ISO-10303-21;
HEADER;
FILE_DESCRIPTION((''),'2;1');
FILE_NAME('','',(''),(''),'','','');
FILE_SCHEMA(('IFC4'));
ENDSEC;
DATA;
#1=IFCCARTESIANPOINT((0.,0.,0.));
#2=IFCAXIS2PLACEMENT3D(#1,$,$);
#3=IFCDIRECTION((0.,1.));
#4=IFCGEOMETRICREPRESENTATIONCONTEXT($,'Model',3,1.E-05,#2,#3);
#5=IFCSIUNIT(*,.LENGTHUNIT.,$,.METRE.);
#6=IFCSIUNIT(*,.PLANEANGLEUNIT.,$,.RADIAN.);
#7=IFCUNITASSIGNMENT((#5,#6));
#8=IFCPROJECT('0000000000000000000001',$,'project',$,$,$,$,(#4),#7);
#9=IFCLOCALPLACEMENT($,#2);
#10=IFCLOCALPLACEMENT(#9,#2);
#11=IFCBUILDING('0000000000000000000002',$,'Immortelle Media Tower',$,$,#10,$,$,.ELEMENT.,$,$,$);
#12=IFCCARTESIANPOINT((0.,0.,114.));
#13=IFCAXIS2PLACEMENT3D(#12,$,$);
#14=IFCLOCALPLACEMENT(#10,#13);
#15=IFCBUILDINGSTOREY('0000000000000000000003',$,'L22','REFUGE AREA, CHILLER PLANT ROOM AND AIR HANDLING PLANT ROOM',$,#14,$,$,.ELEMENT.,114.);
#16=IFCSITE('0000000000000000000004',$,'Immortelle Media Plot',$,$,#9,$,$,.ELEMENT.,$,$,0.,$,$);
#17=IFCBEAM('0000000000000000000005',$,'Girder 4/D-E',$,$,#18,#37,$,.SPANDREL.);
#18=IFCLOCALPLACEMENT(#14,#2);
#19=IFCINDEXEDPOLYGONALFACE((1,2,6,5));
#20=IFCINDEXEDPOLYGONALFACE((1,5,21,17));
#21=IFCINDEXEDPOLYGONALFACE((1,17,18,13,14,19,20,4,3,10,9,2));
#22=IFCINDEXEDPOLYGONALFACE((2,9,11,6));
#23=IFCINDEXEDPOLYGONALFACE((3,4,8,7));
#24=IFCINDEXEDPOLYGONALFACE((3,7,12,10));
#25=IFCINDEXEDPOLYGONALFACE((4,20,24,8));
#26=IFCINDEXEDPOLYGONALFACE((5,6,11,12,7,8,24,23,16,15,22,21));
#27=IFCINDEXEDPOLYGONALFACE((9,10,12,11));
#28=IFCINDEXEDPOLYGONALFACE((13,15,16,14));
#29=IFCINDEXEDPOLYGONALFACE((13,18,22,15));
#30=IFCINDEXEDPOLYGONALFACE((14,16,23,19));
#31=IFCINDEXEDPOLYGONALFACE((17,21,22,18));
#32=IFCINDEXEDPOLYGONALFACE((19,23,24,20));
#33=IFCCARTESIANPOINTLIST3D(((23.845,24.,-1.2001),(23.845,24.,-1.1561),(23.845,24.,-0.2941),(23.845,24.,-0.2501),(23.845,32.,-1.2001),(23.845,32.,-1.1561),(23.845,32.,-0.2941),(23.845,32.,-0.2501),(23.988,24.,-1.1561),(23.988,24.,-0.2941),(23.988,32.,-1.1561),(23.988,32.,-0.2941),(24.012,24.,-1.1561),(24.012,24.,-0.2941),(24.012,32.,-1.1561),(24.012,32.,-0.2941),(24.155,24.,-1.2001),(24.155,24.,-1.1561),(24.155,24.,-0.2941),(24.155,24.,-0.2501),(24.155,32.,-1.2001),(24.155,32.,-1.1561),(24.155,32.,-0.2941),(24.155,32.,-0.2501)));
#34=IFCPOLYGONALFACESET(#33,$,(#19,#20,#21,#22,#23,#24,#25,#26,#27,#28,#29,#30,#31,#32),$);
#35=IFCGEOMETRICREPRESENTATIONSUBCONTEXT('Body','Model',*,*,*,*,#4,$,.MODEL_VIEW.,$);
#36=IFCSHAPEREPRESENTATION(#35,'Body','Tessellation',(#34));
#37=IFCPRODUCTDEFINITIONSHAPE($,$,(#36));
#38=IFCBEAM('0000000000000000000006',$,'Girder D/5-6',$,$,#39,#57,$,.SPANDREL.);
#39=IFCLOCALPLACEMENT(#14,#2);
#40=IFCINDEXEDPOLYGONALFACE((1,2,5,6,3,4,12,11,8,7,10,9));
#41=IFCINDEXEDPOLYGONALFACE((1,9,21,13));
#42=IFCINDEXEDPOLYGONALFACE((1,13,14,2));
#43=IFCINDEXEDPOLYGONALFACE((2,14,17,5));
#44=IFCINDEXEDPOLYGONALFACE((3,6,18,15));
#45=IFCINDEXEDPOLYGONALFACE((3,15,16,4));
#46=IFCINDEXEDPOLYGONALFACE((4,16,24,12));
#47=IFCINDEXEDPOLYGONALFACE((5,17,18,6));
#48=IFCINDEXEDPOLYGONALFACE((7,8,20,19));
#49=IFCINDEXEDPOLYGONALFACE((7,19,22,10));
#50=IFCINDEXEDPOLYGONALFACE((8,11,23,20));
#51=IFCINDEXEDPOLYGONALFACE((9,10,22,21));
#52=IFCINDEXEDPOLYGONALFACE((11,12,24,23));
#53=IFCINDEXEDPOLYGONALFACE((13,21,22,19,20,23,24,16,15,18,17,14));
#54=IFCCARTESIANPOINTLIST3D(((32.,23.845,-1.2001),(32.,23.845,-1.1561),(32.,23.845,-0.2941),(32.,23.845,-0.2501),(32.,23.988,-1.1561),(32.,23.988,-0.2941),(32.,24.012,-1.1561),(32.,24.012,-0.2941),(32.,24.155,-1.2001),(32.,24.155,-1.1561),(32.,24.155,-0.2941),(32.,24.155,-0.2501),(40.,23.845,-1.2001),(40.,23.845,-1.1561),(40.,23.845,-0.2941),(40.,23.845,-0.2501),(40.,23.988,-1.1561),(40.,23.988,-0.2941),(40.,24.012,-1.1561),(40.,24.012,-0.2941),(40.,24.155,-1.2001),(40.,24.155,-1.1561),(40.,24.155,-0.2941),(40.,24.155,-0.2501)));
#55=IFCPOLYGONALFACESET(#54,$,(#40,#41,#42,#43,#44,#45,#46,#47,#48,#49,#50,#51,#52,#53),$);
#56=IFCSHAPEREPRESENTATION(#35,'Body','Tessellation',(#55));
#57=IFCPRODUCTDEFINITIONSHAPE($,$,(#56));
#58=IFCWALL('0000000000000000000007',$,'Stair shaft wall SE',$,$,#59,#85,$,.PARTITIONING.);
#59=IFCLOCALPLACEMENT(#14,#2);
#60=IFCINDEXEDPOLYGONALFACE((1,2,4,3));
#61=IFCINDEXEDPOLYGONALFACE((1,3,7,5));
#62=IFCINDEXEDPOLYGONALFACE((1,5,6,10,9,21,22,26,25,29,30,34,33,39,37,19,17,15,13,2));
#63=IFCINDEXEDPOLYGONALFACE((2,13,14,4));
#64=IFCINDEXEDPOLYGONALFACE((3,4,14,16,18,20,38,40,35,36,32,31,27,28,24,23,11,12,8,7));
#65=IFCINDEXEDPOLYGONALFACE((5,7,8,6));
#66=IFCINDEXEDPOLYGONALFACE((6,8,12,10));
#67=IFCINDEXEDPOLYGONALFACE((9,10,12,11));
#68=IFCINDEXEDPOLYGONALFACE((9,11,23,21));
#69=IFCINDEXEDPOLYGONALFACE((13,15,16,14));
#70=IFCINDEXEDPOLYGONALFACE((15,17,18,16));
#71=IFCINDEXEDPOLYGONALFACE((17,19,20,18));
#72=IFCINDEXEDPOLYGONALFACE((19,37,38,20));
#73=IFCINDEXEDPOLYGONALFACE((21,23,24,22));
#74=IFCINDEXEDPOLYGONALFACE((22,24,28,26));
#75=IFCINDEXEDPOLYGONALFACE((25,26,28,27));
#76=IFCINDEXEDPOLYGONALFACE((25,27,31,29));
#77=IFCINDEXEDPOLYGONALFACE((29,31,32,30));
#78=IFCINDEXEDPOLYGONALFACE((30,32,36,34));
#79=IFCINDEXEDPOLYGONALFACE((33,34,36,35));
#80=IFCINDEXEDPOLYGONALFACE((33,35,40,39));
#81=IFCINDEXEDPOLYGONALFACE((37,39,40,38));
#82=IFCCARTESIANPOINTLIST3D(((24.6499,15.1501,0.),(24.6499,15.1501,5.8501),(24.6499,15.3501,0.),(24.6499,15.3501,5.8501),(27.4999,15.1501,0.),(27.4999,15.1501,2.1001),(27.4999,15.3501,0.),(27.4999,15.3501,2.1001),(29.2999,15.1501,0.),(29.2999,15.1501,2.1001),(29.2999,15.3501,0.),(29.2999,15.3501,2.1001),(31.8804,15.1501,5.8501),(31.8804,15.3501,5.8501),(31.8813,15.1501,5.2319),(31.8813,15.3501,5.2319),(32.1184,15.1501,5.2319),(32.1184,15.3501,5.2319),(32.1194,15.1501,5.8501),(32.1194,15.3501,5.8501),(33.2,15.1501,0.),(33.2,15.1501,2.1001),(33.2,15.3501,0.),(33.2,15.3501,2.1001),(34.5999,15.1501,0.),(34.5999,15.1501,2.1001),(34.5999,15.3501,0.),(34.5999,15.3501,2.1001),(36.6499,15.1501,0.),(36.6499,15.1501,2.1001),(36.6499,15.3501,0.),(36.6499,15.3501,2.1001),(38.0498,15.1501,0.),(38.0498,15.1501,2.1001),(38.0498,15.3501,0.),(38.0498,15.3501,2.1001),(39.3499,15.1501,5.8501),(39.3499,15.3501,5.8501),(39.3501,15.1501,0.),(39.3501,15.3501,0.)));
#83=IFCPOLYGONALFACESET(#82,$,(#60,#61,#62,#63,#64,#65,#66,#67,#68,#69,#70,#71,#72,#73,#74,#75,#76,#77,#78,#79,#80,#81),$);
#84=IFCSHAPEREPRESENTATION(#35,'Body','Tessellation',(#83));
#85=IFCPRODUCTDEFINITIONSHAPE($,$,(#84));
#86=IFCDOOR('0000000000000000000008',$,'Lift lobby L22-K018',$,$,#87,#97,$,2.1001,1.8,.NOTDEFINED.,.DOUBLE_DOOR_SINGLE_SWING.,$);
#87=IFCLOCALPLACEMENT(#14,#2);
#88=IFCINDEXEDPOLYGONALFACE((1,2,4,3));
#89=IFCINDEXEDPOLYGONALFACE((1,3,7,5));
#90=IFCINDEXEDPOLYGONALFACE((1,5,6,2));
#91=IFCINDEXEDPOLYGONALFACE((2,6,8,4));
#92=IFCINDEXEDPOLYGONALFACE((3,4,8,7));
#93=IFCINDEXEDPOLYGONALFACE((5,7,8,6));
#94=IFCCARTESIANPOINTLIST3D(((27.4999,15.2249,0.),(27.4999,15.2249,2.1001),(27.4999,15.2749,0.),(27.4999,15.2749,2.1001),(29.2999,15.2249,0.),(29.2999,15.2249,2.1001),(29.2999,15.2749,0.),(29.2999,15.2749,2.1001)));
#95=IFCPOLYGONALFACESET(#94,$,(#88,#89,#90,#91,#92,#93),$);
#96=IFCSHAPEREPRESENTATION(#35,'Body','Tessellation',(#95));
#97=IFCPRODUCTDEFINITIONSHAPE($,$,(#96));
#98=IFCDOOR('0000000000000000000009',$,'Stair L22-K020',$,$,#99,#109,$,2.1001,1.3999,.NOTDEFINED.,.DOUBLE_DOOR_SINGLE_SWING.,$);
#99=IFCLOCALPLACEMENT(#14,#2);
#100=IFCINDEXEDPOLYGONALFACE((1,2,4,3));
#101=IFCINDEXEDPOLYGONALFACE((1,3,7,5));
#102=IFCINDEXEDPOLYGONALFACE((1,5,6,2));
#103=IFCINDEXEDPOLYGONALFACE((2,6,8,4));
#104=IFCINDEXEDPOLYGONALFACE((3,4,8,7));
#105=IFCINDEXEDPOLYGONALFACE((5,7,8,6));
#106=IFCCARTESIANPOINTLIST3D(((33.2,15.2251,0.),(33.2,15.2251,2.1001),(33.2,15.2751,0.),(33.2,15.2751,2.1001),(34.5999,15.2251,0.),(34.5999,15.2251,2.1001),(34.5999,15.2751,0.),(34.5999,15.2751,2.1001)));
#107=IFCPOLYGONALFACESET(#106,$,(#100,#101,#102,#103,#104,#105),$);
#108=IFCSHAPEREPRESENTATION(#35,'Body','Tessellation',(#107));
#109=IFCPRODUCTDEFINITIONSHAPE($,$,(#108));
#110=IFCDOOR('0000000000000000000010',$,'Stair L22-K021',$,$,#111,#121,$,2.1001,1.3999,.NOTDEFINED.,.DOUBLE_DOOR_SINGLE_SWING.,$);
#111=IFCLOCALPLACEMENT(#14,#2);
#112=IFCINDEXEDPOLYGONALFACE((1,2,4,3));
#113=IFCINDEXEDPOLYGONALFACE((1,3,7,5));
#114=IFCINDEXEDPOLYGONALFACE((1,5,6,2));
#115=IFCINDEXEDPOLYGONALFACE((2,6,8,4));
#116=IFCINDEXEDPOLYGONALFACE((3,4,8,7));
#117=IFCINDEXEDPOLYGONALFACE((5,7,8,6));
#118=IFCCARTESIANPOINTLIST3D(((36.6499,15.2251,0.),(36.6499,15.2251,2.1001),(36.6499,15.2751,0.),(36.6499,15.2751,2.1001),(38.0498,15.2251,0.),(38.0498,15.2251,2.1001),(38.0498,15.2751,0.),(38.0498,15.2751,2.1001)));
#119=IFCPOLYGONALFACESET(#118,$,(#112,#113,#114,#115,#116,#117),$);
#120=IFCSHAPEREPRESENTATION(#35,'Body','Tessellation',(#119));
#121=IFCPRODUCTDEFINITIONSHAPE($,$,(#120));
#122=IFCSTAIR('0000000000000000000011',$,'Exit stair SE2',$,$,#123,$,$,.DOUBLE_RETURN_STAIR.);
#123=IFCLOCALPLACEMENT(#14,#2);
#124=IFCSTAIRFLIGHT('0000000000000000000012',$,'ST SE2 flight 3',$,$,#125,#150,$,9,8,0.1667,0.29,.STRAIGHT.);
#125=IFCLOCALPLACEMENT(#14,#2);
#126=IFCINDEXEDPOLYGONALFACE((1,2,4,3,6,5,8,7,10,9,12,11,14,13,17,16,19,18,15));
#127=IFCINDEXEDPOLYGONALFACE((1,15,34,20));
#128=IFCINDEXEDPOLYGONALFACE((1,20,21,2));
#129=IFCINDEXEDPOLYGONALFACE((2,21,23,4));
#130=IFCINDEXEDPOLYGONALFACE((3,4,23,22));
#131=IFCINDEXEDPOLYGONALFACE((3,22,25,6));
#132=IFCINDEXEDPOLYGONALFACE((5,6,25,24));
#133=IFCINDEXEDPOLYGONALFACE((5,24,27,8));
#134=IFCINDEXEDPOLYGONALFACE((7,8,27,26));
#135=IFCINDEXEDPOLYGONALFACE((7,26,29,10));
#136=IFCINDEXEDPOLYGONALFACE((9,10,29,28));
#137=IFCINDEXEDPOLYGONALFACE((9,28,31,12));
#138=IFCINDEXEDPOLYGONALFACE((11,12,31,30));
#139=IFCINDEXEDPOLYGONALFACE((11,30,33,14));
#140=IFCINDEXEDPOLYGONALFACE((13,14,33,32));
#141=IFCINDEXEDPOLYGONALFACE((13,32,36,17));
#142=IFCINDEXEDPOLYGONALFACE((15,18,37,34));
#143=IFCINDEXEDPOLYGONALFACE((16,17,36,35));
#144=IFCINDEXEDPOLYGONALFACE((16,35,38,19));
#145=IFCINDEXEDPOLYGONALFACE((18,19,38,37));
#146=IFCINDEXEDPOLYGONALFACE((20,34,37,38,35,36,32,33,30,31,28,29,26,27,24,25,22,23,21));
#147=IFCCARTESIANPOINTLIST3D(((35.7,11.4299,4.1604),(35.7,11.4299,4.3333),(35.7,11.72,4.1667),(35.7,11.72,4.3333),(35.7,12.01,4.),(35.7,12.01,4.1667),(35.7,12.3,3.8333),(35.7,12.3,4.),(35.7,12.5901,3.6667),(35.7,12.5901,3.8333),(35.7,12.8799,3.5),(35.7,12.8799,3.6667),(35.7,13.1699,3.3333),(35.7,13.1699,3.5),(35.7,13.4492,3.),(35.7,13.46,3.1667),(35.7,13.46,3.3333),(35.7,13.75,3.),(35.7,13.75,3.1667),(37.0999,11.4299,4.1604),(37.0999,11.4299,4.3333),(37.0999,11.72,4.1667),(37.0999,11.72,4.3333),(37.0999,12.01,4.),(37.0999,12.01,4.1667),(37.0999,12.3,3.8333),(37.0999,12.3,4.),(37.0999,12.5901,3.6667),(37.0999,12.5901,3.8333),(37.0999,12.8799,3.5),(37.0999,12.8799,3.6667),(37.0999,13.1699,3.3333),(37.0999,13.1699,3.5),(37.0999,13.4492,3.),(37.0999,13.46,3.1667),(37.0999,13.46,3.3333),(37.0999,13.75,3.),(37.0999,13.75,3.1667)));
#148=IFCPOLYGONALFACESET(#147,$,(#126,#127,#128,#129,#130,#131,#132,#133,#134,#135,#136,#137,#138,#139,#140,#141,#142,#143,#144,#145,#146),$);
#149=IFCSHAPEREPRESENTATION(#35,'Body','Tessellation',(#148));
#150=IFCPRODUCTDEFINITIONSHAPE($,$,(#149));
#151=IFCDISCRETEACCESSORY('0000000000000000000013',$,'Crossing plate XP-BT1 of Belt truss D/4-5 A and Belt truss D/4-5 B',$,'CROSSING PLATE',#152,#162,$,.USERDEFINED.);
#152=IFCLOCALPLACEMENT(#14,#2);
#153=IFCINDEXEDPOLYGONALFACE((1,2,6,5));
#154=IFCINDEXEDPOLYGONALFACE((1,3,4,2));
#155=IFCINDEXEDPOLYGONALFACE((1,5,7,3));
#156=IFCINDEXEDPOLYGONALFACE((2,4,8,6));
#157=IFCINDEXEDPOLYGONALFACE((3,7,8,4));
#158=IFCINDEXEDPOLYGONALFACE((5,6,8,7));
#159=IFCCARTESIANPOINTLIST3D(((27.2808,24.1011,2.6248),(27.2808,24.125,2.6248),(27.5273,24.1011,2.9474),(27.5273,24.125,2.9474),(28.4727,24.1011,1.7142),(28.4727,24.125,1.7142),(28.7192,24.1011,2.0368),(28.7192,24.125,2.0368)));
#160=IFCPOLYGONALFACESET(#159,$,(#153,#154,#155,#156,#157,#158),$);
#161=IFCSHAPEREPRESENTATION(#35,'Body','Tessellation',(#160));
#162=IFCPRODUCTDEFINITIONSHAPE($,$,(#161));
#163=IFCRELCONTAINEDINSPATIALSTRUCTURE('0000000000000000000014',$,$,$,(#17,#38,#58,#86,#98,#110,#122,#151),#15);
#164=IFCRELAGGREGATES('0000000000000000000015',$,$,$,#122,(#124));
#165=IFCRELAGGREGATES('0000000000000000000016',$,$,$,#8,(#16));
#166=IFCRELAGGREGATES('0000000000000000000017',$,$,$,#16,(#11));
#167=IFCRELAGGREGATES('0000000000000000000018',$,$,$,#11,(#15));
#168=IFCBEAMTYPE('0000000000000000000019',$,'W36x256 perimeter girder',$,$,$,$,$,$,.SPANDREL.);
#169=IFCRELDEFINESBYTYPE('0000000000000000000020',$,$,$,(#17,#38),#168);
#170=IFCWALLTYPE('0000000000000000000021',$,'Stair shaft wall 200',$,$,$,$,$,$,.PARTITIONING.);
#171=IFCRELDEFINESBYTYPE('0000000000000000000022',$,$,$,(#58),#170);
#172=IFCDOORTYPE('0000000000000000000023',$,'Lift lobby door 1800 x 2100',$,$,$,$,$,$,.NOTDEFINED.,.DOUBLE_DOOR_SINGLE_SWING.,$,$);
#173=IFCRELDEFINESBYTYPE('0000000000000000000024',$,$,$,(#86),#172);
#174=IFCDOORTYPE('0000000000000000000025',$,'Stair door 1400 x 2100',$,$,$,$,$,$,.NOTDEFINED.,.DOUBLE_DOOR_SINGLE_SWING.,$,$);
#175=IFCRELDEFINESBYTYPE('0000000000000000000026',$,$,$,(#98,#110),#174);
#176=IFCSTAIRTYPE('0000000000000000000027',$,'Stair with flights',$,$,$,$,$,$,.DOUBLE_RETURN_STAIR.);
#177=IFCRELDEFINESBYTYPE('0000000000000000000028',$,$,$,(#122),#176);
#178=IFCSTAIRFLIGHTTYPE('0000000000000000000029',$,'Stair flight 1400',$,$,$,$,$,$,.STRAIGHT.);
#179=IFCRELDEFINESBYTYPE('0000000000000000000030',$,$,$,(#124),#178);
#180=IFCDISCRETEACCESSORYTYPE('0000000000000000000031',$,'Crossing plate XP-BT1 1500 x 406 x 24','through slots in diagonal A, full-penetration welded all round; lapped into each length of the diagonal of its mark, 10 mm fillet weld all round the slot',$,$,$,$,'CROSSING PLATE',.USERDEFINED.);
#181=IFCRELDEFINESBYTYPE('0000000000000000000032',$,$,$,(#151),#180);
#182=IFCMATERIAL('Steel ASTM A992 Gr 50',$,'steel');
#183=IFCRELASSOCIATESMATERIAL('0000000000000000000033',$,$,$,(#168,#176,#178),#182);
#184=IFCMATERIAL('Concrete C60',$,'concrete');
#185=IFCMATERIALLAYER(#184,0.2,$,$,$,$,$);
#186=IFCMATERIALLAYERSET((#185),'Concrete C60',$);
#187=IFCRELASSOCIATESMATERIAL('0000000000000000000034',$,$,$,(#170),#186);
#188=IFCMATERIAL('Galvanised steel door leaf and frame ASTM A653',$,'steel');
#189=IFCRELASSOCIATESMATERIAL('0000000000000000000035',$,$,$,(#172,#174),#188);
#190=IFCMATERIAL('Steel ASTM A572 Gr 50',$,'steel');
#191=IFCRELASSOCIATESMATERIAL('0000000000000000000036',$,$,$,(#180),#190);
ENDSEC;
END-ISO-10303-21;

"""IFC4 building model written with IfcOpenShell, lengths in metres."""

from ifc_helpers import new_model, si_unit, direction, frame, frame_2d, origin, origin_2d, place, context, subcontext, project, spatial, polyline, rectangle, i_section, outline, extrude, material, layer, layer_set, material_profile, profile_set, type_object, element, fill, aggregate, save


model = new_model("IFC4")

# Units and contexts
model_context = context("Model", 3, precision=1e-05, world=origin(), true_north=direction((0.0, 1.0)))
body_context = subcontext(model_context, "Body", "Model", "MODEL_VIEW")
ifc_project = project(units=[si_unit("LENGTHUNIT", "METRE"), si_unit("PLANEANGLEUNIT", "RADIAN")], contexts=[model_context])

# Site, building, storey
site_placement = place(None, origin())
site = spatial("IfcSite", under=ifc_project, at=site_placement, Name="Immortelle Media Plot", CompositionType="ELEMENT", RefElevation=0.0)
building_placement = place(site_placement, origin())
building = spatial("IfcBuilding", under=site, at=building_placement, Name="Immortelle Media Tower", CompositionType="ELEMENT")
storey_placement = place(building_placement, frame((0.0, 0.0, 114.0)))
storey = spatial("IfcBuildingStorey", under=building, at=storey_placement, Name="L22", Description="REFUGE AREA, CHILLER PLANT ROOM AND AIR HANDLING PLANT ROOM", CompositionType="ELEMENT", Elevation=114.0)

# Shared definitions
ifc_material_1 = material(Name="Steel ASTM A992 Gr 50", Category="steel")

# Beams
ifc_material_profile_1 = material_profile(ifc_material_1, i_section(OverallWidth=0.3101, OverallDepth=0.95, WebThickness=0.0239, FlangeThickness=0.0439, at=origin_2d()), Name="W36x256")
ifc_profile_set_1 = profile_set([ifc_material_profile_1], Name="Steel ASTM A992 Gr 50")
beam_type_1 = type_object("IfcBeamType", Name="W36x256 perimeter girder", PredefinedType="SPANDREL", material=ifc_profile_set_1)
for number, where, z_axis, x_axis, name in (
    (1, (24.0, 24.0, -0.7251), (0.0, 1.0, 0.0), (-1.0, 0.0, 0.0), "Girder 4/D-E"),
    (2, (32.0, 24.0, -0.7251), (1.0, 0.0, 0.0), (0.0, 1.0, 0.0), "Girder D/5-6"),
):
    element("IfcBeam", number, at=place(storey_placement, frame(where, z_axis=z_axis, x_axis=x_axis)), inside=storey, type_object=beam_type_1, Name=name, PredefinedType="SPANDREL", context=body_context, shape_type="SweptSolid", body=[
        extrude(i_section(OverallWidth=0.3101, OverallDepth=0.95, WebThickness=0.0239, FlangeThickness=0.0439, at=origin_2d()), origin(), (0.0, 0.0, 1.0), 8.0),
    ])

# Wall, openings, doors
ifc_material_2 = material(Name="Concrete C60", Category="concrete")
ifc_layer = layer(ifc_material_2, 0.2)
ifc_layer_set = layer_set([ifc_layer], Name="Concrete C60")
wall_type = type_object("IfcWallType", Name="Stair shaft wall 200", PredefinedType="PARTITIONING", material=ifc_layer_set)
wall_placement = place(storey_placement, frame((24.6499, 15.25, 0.0), z_axis=(0.0, 0.0, 1.0), x_axis=(1.0, 0.0, 0.0)))
wall = element("IfcWall", 3, at=wall_placement, inside=storey, type_object=wall_type, Name="Stair shaft wall SE", PredefinedType="PARTITIONING", context=body_context, shape_type="SweptSolid", body=[
    extrude(outline(polyline([(0.0, 0.0), (14.7002, 0.0), (14.7, 5.8501), (7.4695, 5.8501), (7.4685, 5.2319), (7.2314, 5.2319), (7.2305, 5.8501), (0.0, 5.8501), (0.0, 0.0)])), frame((0.0, 0.1001, 0.0), z_axis=(0.0, -1.0, 0.0), x_axis=(1.0, 0.0, 0.0)), (0.0, 0.0, 1.0), 0.2),
])
opening_1_placement = place(wall_placement, frame((2.8501, 0.0, 0.0)))
opening_1 = element("IfcOpeningElement", 4, at=opening_1_placement, cuts=wall, PredefinedType="OPENING", context=body_context, shape_type="SweptSolid", body=[
    extrude(rectangle(XDim=1.8, YDim=2.1001, at=frame_2d((0.8999, 1.05))), frame((0.0, 0.1099, 0.0), z_axis=(0.0, -1.0, 0.0), x_axis=(1.0, 0.0, 0.0)), (0.0, 0.0, 1.0), 0.22),
])
opening_2_placement = place(wall_placement, frame((9.95, 0.0, 0.0), z_axis=(0.0, 0.0, 1.0), x_axis=(-1.0, 0.0, 0.0)))
opening_2 = element("IfcOpeningElement", 5, at=opening_2_placement, cuts=wall, PredefinedType="OPENING", context=body_context, shape_type="SweptSolid", body=[
    extrude(rectangle(XDim=1.3999, YDim=2.1001, at=frame_2d((0.7, 1.05))), frame((0.0, 0.1099, 0.0), z_axis=(0.0, -1.0, 0.0), x_axis=(1.0, 0.0, 0.0)), (0.0, 0.0, 1.0), 0.22),
])
opening_3_placement = place(wall_placement, frame((13.3999, 0.0, 0.0), z_axis=(0.0, 0.0, 1.0), x_axis=(-1.0, 0.0, 0.0)))
opening_3 = element("IfcOpeningElement", 6, at=opening_3_placement, cuts=wall, PredefinedType="OPENING", context=body_context, shape_type="SweptSolid", body=[
    extrude(rectangle(XDim=1.3999, YDim=2.1001, at=frame_2d((0.7, 1.05))), frame((0.0, 0.1099, 0.0), z_axis=(0.0, -1.0, 0.0), x_axis=(1.0, 0.0, 0.0)), (0.0, 0.0, 1.0), 0.22),
])
ifc_material_3 = material(Name="Galvanised steel door leaf and frame ASTM A653", Category="steel")
door_type_1 = type_object("IfcDoorType", Name="Lift lobby door 1800 x 2100", OperationType="DOUBLE_DOOR_SINGLE_SWING", PredefinedType="NOTDEFINED", material=ifc_material_3)
door_1_placement = place(opening_1_placement, origin())
door_1 = element("IfcDoor", 7, at=door_1_placement, inside=storey, type_object=door_type_1, Name="Lift lobby L22-K018", OperationType="DOUBLE_DOOR_SINGLE_SWING", OverallHeight=2.1001, OverallWidth=1.8, PredefinedType="NOTDEFINED", context=body_context, shape_type="SweptSolid", body=[
    extrude(rectangle(XDim=1.8, YDim=2.1001, at=frame_2d((0.8999, 1.05))), frame((0.0, 0.0249, 0.0), z_axis=(0.0, -1.0, 0.0), x_axis=(1.0, 0.0, 0.0)), (0.0, 0.0, 1.0), 0.05),
])
fill(opening_1, door_1)
door_type_2 = type_object("IfcDoorType", Name="Stair door 1400 x 2100", OperationType="DOUBLE_DOOR_SINGLE_SWING", PredefinedType="NOTDEFINED", material=ifc_material_3)
door_2_placement = place(opening_2_placement, origin())
door_2 = element("IfcDoor", 8, at=door_2_placement, inside=storey, type_object=door_type_2, Name="Stair L22-K020", OperationType="DOUBLE_DOOR_SINGLE_SWING", OverallHeight=2.1001, OverallWidth=1.3999, PredefinedType="NOTDEFINED", context=body_context, shape_type="SweptSolid", body=[
    extrude(rectangle(XDim=1.3999, YDim=2.1001, at=frame_2d((0.7, 1.05))), frame((0.0, 0.0249, 0.0), z_axis=(0.0, -1.0, 0.0), x_axis=(1.0, 0.0, 0.0)), (0.0, 0.0, 1.0), 0.05),
])
fill(opening_2, door_2)
door_3_placement = place(opening_3_placement, origin())
door_3 = element("IfcDoor", 9, at=door_3_placement, inside=storey, type_object=door_type_2, Name="Stair L22-K021", OperationType="DOUBLE_DOOR_SINGLE_SWING", OverallHeight=2.1001, OverallWidth=1.3999, PredefinedType="NOTDEFINED", context=body_context, shape_type="SweptSolid", body=[
    extrude(rectangle(XDim=1.3999, YDim=2.1001, at=frame_2d((0.7, 1.05))), frame((0.0, 0.0249, 0.0), z_axis=(0.0, -1.0, 0.0), x_axis=(1.0, 0.0, 0.0)), (0.0, 0.0, 1.0), 0.05),
])
fill(opening_3, door_3)

# Stair, stair flight
stair_type = type_object("IfcStairType", Name="Stair with flights", PredefinedType="DOUBLE_RETURN_STAIR", material=ifc_material_1)
stair_placement = place(storey_placement, origin())
stair = element("IfcStair", 10, at=stair_placement, inside=storey, type_object=stair_type, Name="Exit stair SE2", PredefinedType="DOUBLE_RETURN_STAIR")
stair_flight_type = type_object("IfcStairFlightType", Name="Stair flight 1400", PredefinedType="STRAIGHT", material=ifc_material_1)
stair_flight_placement = place(storey_placement, frame((36.3999, 13.75, 3.0), z_axis=(0.0, 0.0, 1.0), x_axis=(0.0, -1.0, 0.0)))
stair_flight = element("IfcStairFlight", 11, at=stair_flight_placement, type_object=stair_flight_type, Name="ST SE2 flight 3", NumberOfRisers=9, NumberOfTreads=8, PredefinedType="STRAIGHT", RiserHeight=0.1667, TreadLength=0.29, context=body_context, shape_type="SweptSolid", body=[
    extrude(outline(polyline([(0.0, 0.0), (0.0, 0.1667), (0.29, 0.1667), (0.29, 0.3333), (0.5801, 0.3333), (0.5801, 0.5), (0.8701, 0.5), (0.8701, 0.6667), (1.1599, 0.6667), (1.1599, 0.8333), (1.45, 0.8333), (1.45, 1.0), (1.74, 1.0), (1.74, 1.1667), (2.03, 1.1667), (2.03, 1.3333), (2.3201, 1.3333), (2.3201, 1.5), (2.3201, 1.1604), (0.3008, 0.0), (0.0, 0.0)])), frame((0.0, 0.7, 0.0), z_axis=(0.0, -1.0, 0.0), x_axis=(1.0, 0.0, 0.0)), (0.0, 0.0, 1.0), 1.3999),
])
aggregate(stair, [stair_flight])

# Discrete accessory
ifc_material_4 = material(Name="Steel ASTM A572 Gr 50", Category="steel")
ifc_material_profile_2 = material_profile(ifc_material_4, rectangle(XDim=0.0239, YDim=0.406, at=origin_2d()), Name="PL 24 x 406")
ifc_profile_set_2 = profile_set([ifc_material_profile_2], Name="Steel ASTM A572 Gr 50")
discrete_accessory_type_1 = type_object("IfcDiscreteAccessoryType", Name="Crossing plate XP-BT1 1500 x 406 x 24", Description="through slots in diagonal A, full-penetration welded all round; lapped into each length of the diagonal of its mark, 10 mm fillet weld all round the slot", ElementType="CROSSING PLATE", PredefinedType="USERDEFINED", material=ifc_profile_set_2)
discrete_accessory_placement = place(storey_placement, frame((27.4041, 24.113, 2.7861), z_axis=(0.794616, 0.0, -0.607112), x_axis=(0.0, 1.0, 0.0)))
element("IfcDiscreteAccessory", 12, at=discrete_accessory_placement, inside=storey, type_object=discrete_accessory_type_1, Name="Crossing plate XP-BT1 of Belt truss D/4-5 A and Belt truss D/4-5 B", ObjectType="CROSSING PLATE", PredefinedType="USERDEFINED", context=body_context, shape_type="SweptSolid", body=[
    extrude(rectangle(XDim=0.0239, YDim=0.406, at=origin_2d()), origin(), (0.0, 0.0, 1.0), 1.5),
])

save(model, "model.ifc")
